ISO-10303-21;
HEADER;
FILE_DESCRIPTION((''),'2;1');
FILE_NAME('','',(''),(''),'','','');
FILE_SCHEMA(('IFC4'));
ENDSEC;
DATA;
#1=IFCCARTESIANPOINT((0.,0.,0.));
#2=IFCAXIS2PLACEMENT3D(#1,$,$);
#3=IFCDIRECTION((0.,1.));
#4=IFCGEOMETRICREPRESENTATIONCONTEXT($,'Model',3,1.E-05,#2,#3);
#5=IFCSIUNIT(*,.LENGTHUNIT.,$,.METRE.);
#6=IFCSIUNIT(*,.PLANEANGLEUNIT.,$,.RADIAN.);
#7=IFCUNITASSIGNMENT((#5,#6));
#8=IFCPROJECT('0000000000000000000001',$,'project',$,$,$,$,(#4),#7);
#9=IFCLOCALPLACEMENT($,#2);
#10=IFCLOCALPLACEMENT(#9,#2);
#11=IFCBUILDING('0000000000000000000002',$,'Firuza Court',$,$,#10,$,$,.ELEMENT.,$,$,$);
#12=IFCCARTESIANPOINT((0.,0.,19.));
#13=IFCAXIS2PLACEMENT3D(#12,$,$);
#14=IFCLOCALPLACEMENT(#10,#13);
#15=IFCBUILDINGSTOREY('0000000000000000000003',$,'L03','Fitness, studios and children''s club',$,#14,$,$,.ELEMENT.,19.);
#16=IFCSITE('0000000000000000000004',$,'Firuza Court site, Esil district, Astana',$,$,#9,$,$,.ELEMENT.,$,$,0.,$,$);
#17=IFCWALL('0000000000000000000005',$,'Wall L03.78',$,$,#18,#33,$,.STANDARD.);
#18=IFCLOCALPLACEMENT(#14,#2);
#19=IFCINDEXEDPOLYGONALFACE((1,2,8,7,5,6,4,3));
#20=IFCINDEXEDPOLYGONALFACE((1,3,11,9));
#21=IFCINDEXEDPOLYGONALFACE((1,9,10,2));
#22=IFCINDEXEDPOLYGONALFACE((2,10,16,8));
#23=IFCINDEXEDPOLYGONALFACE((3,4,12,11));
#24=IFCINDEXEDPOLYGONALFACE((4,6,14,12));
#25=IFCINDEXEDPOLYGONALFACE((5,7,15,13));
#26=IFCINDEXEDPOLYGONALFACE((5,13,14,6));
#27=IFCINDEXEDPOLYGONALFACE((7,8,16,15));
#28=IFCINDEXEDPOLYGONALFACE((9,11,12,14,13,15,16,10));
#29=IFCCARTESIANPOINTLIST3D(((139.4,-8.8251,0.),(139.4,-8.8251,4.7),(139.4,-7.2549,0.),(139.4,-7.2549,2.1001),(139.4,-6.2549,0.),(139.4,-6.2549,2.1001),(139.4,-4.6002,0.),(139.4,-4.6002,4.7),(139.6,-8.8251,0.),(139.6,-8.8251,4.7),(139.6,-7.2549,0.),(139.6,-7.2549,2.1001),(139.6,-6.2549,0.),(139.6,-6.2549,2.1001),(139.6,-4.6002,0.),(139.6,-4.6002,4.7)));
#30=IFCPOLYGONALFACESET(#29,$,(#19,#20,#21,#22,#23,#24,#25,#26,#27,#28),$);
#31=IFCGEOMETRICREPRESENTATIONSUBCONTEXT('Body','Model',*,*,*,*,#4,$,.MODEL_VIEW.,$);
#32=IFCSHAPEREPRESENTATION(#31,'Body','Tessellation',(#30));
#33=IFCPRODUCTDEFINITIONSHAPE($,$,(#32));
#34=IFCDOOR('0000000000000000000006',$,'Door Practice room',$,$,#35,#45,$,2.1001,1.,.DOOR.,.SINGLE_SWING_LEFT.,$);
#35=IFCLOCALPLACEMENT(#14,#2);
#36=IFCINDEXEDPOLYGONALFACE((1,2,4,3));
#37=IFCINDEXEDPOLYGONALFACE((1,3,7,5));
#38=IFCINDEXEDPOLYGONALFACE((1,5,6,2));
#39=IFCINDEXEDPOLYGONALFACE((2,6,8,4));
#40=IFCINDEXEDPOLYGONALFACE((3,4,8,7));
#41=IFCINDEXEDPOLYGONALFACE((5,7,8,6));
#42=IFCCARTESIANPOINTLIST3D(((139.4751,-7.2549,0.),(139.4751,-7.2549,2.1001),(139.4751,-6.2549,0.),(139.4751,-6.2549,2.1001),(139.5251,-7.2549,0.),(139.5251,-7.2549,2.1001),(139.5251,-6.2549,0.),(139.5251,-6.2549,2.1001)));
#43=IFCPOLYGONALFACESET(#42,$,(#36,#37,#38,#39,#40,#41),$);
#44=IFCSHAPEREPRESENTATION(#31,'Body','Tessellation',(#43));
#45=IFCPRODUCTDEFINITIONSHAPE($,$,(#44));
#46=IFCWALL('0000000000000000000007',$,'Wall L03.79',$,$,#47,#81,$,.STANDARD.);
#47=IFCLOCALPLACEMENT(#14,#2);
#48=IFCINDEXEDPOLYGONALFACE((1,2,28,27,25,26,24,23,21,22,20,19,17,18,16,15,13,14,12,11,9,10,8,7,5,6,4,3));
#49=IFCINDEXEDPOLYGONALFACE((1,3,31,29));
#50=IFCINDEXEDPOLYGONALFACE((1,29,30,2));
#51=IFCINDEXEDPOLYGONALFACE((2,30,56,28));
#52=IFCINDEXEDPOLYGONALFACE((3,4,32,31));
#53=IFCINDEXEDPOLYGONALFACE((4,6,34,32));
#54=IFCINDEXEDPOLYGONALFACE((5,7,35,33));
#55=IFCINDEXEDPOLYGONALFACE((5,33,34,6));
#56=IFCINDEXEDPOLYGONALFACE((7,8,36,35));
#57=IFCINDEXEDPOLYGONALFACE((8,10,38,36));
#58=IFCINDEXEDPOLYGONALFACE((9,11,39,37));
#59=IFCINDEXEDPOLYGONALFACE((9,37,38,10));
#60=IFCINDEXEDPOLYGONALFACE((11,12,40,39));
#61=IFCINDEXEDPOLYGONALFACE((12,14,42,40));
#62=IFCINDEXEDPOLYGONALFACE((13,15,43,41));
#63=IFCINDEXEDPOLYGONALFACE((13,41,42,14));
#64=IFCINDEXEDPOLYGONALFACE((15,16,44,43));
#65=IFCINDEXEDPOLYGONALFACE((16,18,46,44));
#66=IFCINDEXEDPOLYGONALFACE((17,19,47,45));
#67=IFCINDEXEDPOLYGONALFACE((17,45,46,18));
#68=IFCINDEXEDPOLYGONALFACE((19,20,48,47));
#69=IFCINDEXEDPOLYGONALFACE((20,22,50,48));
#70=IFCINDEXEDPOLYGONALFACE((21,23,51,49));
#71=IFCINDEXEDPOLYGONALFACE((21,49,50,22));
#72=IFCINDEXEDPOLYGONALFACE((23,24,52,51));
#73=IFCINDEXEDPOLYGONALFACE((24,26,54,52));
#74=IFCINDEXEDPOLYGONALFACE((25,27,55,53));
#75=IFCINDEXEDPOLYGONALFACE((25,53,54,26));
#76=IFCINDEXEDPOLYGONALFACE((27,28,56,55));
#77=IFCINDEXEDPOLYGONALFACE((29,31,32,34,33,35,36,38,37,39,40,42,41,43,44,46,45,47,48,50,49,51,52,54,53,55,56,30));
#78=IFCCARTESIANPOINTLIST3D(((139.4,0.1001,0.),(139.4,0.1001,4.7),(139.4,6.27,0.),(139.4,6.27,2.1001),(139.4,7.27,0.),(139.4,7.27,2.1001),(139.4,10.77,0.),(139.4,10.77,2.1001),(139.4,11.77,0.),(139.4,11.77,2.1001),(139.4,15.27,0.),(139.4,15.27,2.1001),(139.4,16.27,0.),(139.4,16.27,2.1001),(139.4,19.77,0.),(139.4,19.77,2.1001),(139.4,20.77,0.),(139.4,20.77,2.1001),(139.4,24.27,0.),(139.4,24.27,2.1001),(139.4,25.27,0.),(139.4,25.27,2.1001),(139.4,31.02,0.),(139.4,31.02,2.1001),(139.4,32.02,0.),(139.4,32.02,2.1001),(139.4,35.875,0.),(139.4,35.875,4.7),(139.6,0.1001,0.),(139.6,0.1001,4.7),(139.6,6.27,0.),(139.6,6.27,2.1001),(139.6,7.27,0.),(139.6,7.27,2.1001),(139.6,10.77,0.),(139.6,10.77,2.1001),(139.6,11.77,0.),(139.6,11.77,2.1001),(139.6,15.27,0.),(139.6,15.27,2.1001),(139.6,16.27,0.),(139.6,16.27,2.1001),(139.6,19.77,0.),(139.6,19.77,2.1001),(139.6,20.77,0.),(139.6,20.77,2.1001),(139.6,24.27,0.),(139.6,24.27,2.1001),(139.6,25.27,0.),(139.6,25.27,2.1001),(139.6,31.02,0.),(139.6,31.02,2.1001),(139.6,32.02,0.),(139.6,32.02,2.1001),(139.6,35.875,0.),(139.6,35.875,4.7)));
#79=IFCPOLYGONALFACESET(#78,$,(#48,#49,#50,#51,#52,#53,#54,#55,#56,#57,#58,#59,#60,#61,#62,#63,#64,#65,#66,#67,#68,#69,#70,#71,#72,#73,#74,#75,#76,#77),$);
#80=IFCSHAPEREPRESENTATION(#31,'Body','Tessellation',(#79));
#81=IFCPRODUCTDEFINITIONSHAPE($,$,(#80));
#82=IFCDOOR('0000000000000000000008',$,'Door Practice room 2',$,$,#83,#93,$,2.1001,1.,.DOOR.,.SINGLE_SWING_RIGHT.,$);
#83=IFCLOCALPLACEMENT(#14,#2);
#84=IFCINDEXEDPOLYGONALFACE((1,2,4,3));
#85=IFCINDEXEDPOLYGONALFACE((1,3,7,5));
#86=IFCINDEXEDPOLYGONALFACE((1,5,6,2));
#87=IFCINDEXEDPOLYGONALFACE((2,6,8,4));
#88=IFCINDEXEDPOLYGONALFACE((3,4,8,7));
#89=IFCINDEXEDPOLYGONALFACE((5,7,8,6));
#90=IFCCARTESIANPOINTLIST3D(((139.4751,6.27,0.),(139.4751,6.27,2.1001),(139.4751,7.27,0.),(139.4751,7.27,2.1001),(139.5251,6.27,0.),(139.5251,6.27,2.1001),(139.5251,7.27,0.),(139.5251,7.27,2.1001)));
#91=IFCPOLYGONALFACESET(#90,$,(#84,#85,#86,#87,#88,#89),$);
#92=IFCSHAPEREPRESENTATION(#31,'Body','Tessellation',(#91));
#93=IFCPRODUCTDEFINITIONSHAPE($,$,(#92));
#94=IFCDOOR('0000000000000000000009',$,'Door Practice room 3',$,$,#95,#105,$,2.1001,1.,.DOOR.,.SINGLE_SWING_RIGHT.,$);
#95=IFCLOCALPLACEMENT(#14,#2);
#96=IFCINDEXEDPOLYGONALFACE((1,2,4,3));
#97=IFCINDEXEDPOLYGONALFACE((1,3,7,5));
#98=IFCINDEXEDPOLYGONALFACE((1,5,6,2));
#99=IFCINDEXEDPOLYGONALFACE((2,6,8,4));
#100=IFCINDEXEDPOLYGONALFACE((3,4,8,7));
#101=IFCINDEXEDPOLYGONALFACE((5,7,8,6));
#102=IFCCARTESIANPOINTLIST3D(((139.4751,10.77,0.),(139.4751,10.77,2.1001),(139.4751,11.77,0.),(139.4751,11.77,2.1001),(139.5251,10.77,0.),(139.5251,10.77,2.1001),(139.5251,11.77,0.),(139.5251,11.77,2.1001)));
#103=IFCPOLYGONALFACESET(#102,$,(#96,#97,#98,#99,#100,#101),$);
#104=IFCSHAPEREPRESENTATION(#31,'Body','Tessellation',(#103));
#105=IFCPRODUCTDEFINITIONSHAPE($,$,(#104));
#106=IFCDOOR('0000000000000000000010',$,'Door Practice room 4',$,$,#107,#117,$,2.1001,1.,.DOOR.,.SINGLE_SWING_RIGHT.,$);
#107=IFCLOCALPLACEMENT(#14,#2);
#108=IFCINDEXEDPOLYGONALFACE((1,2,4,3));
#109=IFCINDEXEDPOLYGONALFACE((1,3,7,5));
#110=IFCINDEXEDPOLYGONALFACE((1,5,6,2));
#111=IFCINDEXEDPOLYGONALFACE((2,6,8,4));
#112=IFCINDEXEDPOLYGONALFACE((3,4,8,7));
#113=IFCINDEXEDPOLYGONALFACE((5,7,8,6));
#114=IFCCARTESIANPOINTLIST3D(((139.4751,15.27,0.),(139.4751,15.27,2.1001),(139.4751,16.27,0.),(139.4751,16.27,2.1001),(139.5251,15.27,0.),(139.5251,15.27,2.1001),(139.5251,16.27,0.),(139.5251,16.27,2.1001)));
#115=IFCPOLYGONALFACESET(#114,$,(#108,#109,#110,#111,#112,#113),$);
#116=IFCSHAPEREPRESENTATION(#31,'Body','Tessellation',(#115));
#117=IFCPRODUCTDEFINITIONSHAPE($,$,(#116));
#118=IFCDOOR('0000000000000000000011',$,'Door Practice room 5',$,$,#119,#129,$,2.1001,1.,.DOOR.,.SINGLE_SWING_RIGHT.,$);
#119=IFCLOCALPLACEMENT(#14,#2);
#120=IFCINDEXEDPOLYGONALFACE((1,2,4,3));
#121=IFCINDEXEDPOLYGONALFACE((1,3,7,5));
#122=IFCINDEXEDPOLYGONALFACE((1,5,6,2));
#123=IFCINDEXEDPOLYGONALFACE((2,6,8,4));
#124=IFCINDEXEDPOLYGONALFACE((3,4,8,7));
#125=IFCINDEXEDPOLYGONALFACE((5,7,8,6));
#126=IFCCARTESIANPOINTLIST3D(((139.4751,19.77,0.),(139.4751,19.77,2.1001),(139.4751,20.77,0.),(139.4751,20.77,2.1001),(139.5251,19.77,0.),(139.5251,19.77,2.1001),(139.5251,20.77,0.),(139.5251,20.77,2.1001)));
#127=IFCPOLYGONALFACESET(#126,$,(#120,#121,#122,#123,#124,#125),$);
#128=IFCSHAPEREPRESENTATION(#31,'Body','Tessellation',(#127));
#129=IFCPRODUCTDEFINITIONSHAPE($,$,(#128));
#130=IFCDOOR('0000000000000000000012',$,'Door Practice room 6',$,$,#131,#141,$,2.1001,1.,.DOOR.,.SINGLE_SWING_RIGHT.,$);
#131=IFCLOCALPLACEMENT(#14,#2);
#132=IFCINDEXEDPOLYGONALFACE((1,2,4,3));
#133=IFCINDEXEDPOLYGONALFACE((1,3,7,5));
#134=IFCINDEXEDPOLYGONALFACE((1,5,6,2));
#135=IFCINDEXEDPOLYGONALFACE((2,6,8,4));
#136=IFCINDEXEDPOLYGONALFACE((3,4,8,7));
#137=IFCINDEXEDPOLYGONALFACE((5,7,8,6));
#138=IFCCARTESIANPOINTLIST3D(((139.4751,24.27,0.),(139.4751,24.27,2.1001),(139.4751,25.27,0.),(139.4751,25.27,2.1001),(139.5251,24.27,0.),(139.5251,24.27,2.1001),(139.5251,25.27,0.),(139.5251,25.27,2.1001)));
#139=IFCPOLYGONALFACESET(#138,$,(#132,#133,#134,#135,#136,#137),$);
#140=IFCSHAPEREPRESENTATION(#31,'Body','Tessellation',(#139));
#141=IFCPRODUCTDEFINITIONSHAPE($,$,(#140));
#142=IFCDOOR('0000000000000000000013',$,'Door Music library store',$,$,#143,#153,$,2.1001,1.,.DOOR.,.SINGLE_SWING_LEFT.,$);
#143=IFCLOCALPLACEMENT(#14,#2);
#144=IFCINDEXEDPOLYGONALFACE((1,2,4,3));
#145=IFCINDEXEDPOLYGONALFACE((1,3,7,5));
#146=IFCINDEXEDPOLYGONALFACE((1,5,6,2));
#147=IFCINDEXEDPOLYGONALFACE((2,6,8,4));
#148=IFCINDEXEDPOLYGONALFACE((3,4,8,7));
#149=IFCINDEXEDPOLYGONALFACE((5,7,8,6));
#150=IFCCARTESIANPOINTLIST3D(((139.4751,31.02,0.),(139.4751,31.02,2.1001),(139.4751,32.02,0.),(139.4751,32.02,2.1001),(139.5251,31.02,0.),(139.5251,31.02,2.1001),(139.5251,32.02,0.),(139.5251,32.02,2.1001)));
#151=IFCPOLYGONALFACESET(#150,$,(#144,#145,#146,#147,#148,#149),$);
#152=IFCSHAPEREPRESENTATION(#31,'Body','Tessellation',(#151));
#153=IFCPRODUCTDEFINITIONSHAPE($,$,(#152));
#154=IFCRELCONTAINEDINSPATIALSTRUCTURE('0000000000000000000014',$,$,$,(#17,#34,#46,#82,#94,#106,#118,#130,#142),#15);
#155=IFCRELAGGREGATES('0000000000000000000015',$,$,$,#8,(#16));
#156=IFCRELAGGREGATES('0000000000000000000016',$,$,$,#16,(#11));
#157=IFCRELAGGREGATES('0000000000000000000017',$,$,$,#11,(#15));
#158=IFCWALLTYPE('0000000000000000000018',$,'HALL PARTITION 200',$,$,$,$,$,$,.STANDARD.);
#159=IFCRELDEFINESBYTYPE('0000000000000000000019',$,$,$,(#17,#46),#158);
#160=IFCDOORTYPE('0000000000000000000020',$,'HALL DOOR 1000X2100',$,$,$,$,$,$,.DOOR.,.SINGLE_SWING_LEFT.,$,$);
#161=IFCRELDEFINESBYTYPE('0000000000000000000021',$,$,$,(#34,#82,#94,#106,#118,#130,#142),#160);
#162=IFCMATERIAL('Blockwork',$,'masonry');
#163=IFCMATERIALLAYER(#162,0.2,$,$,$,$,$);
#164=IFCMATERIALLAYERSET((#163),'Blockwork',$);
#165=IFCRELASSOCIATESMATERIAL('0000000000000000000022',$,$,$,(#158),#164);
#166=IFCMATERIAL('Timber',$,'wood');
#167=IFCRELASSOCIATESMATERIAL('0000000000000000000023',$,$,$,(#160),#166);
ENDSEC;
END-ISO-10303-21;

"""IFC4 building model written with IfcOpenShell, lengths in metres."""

from ifc_helpers import new_model, si_unit, direction, frame, frame_2d, origin, place, context, subcontext, project, spatial, rectangle, extrude, material, layer, layer_set, type_object, element, fill, save


model = new_model("IFC4")

# Units and contexts
model_context = context("Model", 3, precision=1e-05, world=origin(), true_north=direction((0.0, 1.0)))
body_context = subcontext(model_context, "Body", "Model", "MODEL_VIEW")
ifc_project = project(units=[si_unit("LENGTHUNIT", "METRE"), si_unit("PLANEANGLEUNIT", "RADIAN")], contexts=[model_context])

# Site, building, storey
site_placement = place(None, origin())
site = spatial("IfcSite", under=ifc_project, at=site_placement, Name="Firuza Court site, Esil district, Astana", CompositionType="ELEMENT", RefElevation=0.0)
building_placement = place(site_placement, origin())
building = spatial("IfcBuilding", under=site, at=building_placement, Name="Firuza Court", CompositionType="ELEMENT")
storey_placement = place(building_placement, frame((0.0, 0.0, 19.0)))
storey = spatial("IfcBuildingStorey", under=building, at=storey_placement, Name="L03", Description="Fitness, studios and children's club", CompositionType="ELEMENT", Elevation=19.0)

# Shared definitions
ifc_material_1 = material(Name="Blockwork", Category="masonry")
ifc_layer_1 = layer(ifc_material_1, 0.2)
ifc_layer_set_1 = layer_set([ifc_layer_1], Name="Blockwork")
wall_type_1 = type_object("IfcWallType", Name="HALL PARTITION 200", PredefinedType="STANDARD", material=ifc_layer_set_1)
ifc_material_2 = material(Name="Timber", Category="wood")
door_type_1 = type_object("IfcDoorType", Name="HALL DOOR 1000X2100", OperationType="SINGLE_SWING_LEFT", PredefinedType="DOOR", material=ifc_material_2)

# Wall, opening, door
wall_1_placement = place(storey_placement, frame((139.5, -8.825, 0.0), z_axis=(0.0, 0.0, 1.0), x_axis=(0.0, 1.0, 0.0)))
wall_1 = element("IfcWall", 1, at=wall_1_placement, inside=storey, type_object=wall_type_1, Name="Wall L03.78", PredefinedType="STANDARD", context=body_context, shape_type="SweptSolid", body=[
    extrude(rectangle(XDim=4.2249, YDim=0.2, at=frame_2d((2.1123, 0.0))), origin(), (0.0, 0.0, 1.0), 4.7),
])
opening_1_placement = place(wall_1_placement, frame((1.5701, 0.0, 0.0)))
opening_1 = element("IfcOpeningElement", 2, at=opening_1_placement, cuts=wall_1, PredefinedType="OPENING", context=body_context, shape_type="SweptSolid", body=[
    extrude(rectangle(XDim=1.0, YDim=2.1001, at=frame_2d((0.5, 1.05))), frame((0.0, 0.1118, 0.0), z_axis=(0.0, -1.0, 0.0), x_axis=(1.0, 0.0, 0.0)), (0.0, 0.0, 1.0), 0.2239),
])
door_1_placement = place(opening_1_placement, origin())
door_1 = element("IfcDoor", 3, at=door_1_placement, inside=storey, type_object=door_type_1, Name="Door Practice room", OperationType="SINGLE_SWING_LEFT", OverallHeight=2.1001, OverallWidth=1.0, PredefinedType="DOOR", context=body_context, shape_type="SweptSolid", body=[
    extrude(rectangle(XDim=1.0, YDim=2.1001, at=frame_2d((0.5, 1.05))), frame((0.0, 0.0249, 0.0), z_axis=(0.0, -1.0, 0.0), x_axis=(1.0, 0.0, 0.0)), (0.0, 0.0, 1.0), 0.05),
])
fill(opening_1, door_1)

# Wall, openings, doors
wall_2_placement = place(storey_placement, frame((139.5, 0.1001, 0.0), z_axis=(0.0, 0.0, 1.0), x_axis=(0.0, 1.0, 0.0)))
wall_2 = element("IfcWall", 4, at=wall_2_placement, inside=storey, type_object=wall_type_1, Name="Wall L03.79", PredefinedType="STANDARD", context=body_context, shape_type="SweptSolid", body=[
    extrude(rectangle(XDim=35.7749, YDim=0.2, at=frame_2d((17.8875, 0.0))), origin(), (0.0, 0.0, 1.0), 4.7),
])
opening_2_placement = place(wall_2_placement, frame((6.1699, 0.0, 0.0)))
opening_2 = element("IfcOpeningElement", 5, at=opening_2_placement, cuts=wall_2, PredefinedType="OPENING", context=body_context, shape_type="SweptSolid", body=[
    extrude(rectangle(XDim=1.0, YDim=2.1001, at=frame_2d((0.5, 1.05))), frame((0.0, 0.1118, 0.0), z_axis=(0.0, -1.0, 0.0), x_axis=(1.0, 0.0, 0.0)), (0.0, 0.0, 1.0), 0.2239),
])
opening_3_placement = place(wall_2_placement, frame((10.6699, 0.0, 0.0)))
opening_3 = element("IfcOpeningElement", 6, at=opening_3_placement, cuts=wall_2, PredefinedType="OPENING", context=body_context, shape_type="SweptSolid", body=[
    extrude(rectangle(XDim=1.0, YDim=2.1001, at=frame_2d((0.5, 1.05))), frame((0.0, 0.1118, 0.0), z_axis=(0.0, -1.0, 0.0), x_axis=(1.0, 0.0, 0.0)), (0.0, 0.0, 1.0), 0.2239),
])
opening_4_placement = place(wall_2_placement, frame((15.1699, 0.0, 0.0)))
opening_4 = element("IfcOpeningElement", 7, at=opening_4_placement, cuts=wall_2, PredefinedType="OPENING", context=body_context, shape_type="SweptSolid", body=[
    extrude(rectangle(XDim=1.0, YDim=2.1001, at=frame_2d((0.5, 1.05))), frame((0.0, 0.1118, 0.0), z_axis=(0.0, -1.0, 0.0), x_axis=(1.0, 0.0, 0.0)), (0.0, 0.0, 1.0), 0.2239),
])
opening_5_placement = place(wall_2_placement, frame((19.6699, 0.0, 0.0)))
opening_5 = element("IfcOpeningElement", 8, at=opening_5_placement, cuts=wall_2, PredefinedType="OPENING", context=body_context, shape_type="SweptSolid", body=[
    extrude(rectangle(XDim=1.0, YDim=2.1001, at=frame_2d((0.5, 1.05))), frame((0.0, 0.1118, 0.0), z_axis=(0.0, -1.0, 0.0), x_axis=(1.0, 0.0, 0.0)), (0.0, 0.0, 1.0), 0.2239),
])
opening_6_placement = place(wall_2_placement, frame((24.1699, 0.0, 0.0)))
opening_6 = element("IfcOpeningElement", 9, at=opening_6_placement, cuts=wall_2, PredefinedType="OPENING", context=body_context, shape_type="SweptSolid", body=[
    extrude(rectangle(XDim=1.0, YDim=2.1001, at=frame_2d((0.5, 1.05))), frame((0.0, 0.1118, 0.0), z_axis=(0.0, -1.0, 0.0), x_axis=(1.0, 0.0, 0.0)), (0.0, 0.0, 1.0), 0.2239),
])
opening_7_placement = place(wall_2_placement, frame((30.9199, 0.0, 0.0)))
opening_7 = element("IfcOpeningElement", 10, at=opening_7_placement, cuts=wall_2, PredefinedType="OPENING", context=body_context, shape_type="SweptSolid", body=[
    extrude(rectangle(XDim=1.0, YDim=2.1001, at=frame_2d((0.5, 1.05))), frame((0.0, 0.1118, 0.0), z_axis=(0.0, -1.0, 0.0), x_axis=(1.0, 0.0, 0.0)), (0.0, 0.0, 1.0), 0.2239),
])
door_2_placement = place(opening_2_placement, origin())
door_2 = element("IfcDoor", 11, at=door_2_placement, inside=storey, type_object=door_type_1, Name="Door Practice room 2", OperationType="SINGLE_SWING_RIGHT", OverallHeight=2.1001, OverallWidth=1.0, PredefinedType="DOOR", context=body_context, shape_type="SweptSolid", body=[
    extrude(rectangle(XDim=1.0, YDim=2.1001, at=frame_2d((0.5, 1.05))), frame((0.0, 0.0249, 0.0), z_axis=(0.0, -1.0, 0.0), x_axis=(1.0, 0.0, 0.0)), (0.0, 0.0, 1.0), 0.05),
])
fill(opening_2, door_2)
door_3_placement = place(opening_3_placement, origin())
door_3 = element("IfcDoor", 12, at=door_3_placement, inside=storey, type_object=door_type_1, Name="Door Practice room 3", OperationType="SINGLE_SWING_RIGHT", OverallHeight=2.1001, OverallWidth=1.0, PredefinedType="DOOR", context=body_context, shape_type="SweptSolid", body=[
    extrude(rectangle(XDim=1.0, YDim=2.1001, at=frame_2d((0.5, 1.05))), frame((0.0, 0.0249, 0.0), z_axis=(0.0, -1.0, 0.0), x_axis=(1.0, 0.0, 0.0)), (0.0, 0.0, 1.0), 0.05),
])
fill(opening_3, door_3)
door_4_placement = place(opening_4_placement, origin())
door_4 = element("IfcDoor", 13, at=door_4_placement, inside=storey, type_object=door_type_1, Name="Door Practice room 4", OperationType="SINGLE_SWING_RIGHT", OverallHeight=2.1001, OverallWidth=1.0, PredefinedType="DOOR", context=body_context, shape_type="SweptSolid", body=[
    extrude(rectangle(XDim=1.0, YDim=2.1001, at=frame_2d((0.5, 1.05))), frame((0.0, 0.0249, 0.0), z_axis=(0.0, -1.0, 0.0), x_axis=(1.0, 0.0, 0.0)), (0.0, 0.0, 1.0), 0.05),
])
fill(opening_4, door_4)
door_5_placement = place(opening_5_placement, origin())
door_5 = element("IfcDoor", 14, at=door_5_placement, inside=storey, type_object=door_type_1, Name="Door Practice room 5", OperationType="SINGLE_SWING_RIGHT", OverallHeight=2.1001, OverallWidth=1.0, PredefinedType="DOOR", context=body_context, shape_type="SweptSolid", body=[
    extrude(rectangle(XDim=1.0, YDim=2.1001, at=frame_2d((0.5, 1.05))), frame((0.0, 0.0249, 0.0), z_axis=(0.0, -1.0, 0.0), x_axis=(1.0, 0.0, 0.0)), (0.0, 0.0, 1.0), 0.05),
])
fill(opening_5, door_5)
door_6_placement = place(opening_6_placement, origin())
door_6 = element("IfcDoor", 15, at=door_6_placement, inside=storey, type_object=door_type_1, Name="Door Practice room 6", OperationType="SINGLE_SWING_RIGHT", OverallHeight=2.1001, OverallWidth=1.0, PredefinedType="DOOR", context=body_context, shape_type="SweptSolid", body=[
    extrude(rectangle(XDim=1.0, YDim=2.1001, at=frame_2d((0.5, 1.05))), frame((0.0, 0.0249, 0.0), z_axis=(0.0, -1.0, 0.0), x_axis=(1.0, 0.0, 0.0)), (0.0, 0.0, 1.0), 0.05),
])
fill(opening_6, door_6)
door_7_placement = place(opening_7_placement, origin())
door_7 = element("IfcDoor", 16, at=door_7_placement, inside=storey, type_object=door_type_1, Name="Door Music library store", OperationType="SINGLE_SWING_LEFT", OverallHeight=2.1001, OverallWidth=1.0, PredefinedType="DOOR", context=body_context, shape_type="SweptSolid", body=[
    extrude(rectangle(XDim=1.0, YDim=2.1001, at=frame_2d((0.5, 1.05))), frame((0.0, 0.0249, 0.0), z_axis=(0.0, -1.0, 0.0), x_axis=(1.0, 0.0, 0.0)), (0.0, 0.0, 1.0), 0.05),
])
fill(opening_7, door_7)

save(model, "model.ifc")
